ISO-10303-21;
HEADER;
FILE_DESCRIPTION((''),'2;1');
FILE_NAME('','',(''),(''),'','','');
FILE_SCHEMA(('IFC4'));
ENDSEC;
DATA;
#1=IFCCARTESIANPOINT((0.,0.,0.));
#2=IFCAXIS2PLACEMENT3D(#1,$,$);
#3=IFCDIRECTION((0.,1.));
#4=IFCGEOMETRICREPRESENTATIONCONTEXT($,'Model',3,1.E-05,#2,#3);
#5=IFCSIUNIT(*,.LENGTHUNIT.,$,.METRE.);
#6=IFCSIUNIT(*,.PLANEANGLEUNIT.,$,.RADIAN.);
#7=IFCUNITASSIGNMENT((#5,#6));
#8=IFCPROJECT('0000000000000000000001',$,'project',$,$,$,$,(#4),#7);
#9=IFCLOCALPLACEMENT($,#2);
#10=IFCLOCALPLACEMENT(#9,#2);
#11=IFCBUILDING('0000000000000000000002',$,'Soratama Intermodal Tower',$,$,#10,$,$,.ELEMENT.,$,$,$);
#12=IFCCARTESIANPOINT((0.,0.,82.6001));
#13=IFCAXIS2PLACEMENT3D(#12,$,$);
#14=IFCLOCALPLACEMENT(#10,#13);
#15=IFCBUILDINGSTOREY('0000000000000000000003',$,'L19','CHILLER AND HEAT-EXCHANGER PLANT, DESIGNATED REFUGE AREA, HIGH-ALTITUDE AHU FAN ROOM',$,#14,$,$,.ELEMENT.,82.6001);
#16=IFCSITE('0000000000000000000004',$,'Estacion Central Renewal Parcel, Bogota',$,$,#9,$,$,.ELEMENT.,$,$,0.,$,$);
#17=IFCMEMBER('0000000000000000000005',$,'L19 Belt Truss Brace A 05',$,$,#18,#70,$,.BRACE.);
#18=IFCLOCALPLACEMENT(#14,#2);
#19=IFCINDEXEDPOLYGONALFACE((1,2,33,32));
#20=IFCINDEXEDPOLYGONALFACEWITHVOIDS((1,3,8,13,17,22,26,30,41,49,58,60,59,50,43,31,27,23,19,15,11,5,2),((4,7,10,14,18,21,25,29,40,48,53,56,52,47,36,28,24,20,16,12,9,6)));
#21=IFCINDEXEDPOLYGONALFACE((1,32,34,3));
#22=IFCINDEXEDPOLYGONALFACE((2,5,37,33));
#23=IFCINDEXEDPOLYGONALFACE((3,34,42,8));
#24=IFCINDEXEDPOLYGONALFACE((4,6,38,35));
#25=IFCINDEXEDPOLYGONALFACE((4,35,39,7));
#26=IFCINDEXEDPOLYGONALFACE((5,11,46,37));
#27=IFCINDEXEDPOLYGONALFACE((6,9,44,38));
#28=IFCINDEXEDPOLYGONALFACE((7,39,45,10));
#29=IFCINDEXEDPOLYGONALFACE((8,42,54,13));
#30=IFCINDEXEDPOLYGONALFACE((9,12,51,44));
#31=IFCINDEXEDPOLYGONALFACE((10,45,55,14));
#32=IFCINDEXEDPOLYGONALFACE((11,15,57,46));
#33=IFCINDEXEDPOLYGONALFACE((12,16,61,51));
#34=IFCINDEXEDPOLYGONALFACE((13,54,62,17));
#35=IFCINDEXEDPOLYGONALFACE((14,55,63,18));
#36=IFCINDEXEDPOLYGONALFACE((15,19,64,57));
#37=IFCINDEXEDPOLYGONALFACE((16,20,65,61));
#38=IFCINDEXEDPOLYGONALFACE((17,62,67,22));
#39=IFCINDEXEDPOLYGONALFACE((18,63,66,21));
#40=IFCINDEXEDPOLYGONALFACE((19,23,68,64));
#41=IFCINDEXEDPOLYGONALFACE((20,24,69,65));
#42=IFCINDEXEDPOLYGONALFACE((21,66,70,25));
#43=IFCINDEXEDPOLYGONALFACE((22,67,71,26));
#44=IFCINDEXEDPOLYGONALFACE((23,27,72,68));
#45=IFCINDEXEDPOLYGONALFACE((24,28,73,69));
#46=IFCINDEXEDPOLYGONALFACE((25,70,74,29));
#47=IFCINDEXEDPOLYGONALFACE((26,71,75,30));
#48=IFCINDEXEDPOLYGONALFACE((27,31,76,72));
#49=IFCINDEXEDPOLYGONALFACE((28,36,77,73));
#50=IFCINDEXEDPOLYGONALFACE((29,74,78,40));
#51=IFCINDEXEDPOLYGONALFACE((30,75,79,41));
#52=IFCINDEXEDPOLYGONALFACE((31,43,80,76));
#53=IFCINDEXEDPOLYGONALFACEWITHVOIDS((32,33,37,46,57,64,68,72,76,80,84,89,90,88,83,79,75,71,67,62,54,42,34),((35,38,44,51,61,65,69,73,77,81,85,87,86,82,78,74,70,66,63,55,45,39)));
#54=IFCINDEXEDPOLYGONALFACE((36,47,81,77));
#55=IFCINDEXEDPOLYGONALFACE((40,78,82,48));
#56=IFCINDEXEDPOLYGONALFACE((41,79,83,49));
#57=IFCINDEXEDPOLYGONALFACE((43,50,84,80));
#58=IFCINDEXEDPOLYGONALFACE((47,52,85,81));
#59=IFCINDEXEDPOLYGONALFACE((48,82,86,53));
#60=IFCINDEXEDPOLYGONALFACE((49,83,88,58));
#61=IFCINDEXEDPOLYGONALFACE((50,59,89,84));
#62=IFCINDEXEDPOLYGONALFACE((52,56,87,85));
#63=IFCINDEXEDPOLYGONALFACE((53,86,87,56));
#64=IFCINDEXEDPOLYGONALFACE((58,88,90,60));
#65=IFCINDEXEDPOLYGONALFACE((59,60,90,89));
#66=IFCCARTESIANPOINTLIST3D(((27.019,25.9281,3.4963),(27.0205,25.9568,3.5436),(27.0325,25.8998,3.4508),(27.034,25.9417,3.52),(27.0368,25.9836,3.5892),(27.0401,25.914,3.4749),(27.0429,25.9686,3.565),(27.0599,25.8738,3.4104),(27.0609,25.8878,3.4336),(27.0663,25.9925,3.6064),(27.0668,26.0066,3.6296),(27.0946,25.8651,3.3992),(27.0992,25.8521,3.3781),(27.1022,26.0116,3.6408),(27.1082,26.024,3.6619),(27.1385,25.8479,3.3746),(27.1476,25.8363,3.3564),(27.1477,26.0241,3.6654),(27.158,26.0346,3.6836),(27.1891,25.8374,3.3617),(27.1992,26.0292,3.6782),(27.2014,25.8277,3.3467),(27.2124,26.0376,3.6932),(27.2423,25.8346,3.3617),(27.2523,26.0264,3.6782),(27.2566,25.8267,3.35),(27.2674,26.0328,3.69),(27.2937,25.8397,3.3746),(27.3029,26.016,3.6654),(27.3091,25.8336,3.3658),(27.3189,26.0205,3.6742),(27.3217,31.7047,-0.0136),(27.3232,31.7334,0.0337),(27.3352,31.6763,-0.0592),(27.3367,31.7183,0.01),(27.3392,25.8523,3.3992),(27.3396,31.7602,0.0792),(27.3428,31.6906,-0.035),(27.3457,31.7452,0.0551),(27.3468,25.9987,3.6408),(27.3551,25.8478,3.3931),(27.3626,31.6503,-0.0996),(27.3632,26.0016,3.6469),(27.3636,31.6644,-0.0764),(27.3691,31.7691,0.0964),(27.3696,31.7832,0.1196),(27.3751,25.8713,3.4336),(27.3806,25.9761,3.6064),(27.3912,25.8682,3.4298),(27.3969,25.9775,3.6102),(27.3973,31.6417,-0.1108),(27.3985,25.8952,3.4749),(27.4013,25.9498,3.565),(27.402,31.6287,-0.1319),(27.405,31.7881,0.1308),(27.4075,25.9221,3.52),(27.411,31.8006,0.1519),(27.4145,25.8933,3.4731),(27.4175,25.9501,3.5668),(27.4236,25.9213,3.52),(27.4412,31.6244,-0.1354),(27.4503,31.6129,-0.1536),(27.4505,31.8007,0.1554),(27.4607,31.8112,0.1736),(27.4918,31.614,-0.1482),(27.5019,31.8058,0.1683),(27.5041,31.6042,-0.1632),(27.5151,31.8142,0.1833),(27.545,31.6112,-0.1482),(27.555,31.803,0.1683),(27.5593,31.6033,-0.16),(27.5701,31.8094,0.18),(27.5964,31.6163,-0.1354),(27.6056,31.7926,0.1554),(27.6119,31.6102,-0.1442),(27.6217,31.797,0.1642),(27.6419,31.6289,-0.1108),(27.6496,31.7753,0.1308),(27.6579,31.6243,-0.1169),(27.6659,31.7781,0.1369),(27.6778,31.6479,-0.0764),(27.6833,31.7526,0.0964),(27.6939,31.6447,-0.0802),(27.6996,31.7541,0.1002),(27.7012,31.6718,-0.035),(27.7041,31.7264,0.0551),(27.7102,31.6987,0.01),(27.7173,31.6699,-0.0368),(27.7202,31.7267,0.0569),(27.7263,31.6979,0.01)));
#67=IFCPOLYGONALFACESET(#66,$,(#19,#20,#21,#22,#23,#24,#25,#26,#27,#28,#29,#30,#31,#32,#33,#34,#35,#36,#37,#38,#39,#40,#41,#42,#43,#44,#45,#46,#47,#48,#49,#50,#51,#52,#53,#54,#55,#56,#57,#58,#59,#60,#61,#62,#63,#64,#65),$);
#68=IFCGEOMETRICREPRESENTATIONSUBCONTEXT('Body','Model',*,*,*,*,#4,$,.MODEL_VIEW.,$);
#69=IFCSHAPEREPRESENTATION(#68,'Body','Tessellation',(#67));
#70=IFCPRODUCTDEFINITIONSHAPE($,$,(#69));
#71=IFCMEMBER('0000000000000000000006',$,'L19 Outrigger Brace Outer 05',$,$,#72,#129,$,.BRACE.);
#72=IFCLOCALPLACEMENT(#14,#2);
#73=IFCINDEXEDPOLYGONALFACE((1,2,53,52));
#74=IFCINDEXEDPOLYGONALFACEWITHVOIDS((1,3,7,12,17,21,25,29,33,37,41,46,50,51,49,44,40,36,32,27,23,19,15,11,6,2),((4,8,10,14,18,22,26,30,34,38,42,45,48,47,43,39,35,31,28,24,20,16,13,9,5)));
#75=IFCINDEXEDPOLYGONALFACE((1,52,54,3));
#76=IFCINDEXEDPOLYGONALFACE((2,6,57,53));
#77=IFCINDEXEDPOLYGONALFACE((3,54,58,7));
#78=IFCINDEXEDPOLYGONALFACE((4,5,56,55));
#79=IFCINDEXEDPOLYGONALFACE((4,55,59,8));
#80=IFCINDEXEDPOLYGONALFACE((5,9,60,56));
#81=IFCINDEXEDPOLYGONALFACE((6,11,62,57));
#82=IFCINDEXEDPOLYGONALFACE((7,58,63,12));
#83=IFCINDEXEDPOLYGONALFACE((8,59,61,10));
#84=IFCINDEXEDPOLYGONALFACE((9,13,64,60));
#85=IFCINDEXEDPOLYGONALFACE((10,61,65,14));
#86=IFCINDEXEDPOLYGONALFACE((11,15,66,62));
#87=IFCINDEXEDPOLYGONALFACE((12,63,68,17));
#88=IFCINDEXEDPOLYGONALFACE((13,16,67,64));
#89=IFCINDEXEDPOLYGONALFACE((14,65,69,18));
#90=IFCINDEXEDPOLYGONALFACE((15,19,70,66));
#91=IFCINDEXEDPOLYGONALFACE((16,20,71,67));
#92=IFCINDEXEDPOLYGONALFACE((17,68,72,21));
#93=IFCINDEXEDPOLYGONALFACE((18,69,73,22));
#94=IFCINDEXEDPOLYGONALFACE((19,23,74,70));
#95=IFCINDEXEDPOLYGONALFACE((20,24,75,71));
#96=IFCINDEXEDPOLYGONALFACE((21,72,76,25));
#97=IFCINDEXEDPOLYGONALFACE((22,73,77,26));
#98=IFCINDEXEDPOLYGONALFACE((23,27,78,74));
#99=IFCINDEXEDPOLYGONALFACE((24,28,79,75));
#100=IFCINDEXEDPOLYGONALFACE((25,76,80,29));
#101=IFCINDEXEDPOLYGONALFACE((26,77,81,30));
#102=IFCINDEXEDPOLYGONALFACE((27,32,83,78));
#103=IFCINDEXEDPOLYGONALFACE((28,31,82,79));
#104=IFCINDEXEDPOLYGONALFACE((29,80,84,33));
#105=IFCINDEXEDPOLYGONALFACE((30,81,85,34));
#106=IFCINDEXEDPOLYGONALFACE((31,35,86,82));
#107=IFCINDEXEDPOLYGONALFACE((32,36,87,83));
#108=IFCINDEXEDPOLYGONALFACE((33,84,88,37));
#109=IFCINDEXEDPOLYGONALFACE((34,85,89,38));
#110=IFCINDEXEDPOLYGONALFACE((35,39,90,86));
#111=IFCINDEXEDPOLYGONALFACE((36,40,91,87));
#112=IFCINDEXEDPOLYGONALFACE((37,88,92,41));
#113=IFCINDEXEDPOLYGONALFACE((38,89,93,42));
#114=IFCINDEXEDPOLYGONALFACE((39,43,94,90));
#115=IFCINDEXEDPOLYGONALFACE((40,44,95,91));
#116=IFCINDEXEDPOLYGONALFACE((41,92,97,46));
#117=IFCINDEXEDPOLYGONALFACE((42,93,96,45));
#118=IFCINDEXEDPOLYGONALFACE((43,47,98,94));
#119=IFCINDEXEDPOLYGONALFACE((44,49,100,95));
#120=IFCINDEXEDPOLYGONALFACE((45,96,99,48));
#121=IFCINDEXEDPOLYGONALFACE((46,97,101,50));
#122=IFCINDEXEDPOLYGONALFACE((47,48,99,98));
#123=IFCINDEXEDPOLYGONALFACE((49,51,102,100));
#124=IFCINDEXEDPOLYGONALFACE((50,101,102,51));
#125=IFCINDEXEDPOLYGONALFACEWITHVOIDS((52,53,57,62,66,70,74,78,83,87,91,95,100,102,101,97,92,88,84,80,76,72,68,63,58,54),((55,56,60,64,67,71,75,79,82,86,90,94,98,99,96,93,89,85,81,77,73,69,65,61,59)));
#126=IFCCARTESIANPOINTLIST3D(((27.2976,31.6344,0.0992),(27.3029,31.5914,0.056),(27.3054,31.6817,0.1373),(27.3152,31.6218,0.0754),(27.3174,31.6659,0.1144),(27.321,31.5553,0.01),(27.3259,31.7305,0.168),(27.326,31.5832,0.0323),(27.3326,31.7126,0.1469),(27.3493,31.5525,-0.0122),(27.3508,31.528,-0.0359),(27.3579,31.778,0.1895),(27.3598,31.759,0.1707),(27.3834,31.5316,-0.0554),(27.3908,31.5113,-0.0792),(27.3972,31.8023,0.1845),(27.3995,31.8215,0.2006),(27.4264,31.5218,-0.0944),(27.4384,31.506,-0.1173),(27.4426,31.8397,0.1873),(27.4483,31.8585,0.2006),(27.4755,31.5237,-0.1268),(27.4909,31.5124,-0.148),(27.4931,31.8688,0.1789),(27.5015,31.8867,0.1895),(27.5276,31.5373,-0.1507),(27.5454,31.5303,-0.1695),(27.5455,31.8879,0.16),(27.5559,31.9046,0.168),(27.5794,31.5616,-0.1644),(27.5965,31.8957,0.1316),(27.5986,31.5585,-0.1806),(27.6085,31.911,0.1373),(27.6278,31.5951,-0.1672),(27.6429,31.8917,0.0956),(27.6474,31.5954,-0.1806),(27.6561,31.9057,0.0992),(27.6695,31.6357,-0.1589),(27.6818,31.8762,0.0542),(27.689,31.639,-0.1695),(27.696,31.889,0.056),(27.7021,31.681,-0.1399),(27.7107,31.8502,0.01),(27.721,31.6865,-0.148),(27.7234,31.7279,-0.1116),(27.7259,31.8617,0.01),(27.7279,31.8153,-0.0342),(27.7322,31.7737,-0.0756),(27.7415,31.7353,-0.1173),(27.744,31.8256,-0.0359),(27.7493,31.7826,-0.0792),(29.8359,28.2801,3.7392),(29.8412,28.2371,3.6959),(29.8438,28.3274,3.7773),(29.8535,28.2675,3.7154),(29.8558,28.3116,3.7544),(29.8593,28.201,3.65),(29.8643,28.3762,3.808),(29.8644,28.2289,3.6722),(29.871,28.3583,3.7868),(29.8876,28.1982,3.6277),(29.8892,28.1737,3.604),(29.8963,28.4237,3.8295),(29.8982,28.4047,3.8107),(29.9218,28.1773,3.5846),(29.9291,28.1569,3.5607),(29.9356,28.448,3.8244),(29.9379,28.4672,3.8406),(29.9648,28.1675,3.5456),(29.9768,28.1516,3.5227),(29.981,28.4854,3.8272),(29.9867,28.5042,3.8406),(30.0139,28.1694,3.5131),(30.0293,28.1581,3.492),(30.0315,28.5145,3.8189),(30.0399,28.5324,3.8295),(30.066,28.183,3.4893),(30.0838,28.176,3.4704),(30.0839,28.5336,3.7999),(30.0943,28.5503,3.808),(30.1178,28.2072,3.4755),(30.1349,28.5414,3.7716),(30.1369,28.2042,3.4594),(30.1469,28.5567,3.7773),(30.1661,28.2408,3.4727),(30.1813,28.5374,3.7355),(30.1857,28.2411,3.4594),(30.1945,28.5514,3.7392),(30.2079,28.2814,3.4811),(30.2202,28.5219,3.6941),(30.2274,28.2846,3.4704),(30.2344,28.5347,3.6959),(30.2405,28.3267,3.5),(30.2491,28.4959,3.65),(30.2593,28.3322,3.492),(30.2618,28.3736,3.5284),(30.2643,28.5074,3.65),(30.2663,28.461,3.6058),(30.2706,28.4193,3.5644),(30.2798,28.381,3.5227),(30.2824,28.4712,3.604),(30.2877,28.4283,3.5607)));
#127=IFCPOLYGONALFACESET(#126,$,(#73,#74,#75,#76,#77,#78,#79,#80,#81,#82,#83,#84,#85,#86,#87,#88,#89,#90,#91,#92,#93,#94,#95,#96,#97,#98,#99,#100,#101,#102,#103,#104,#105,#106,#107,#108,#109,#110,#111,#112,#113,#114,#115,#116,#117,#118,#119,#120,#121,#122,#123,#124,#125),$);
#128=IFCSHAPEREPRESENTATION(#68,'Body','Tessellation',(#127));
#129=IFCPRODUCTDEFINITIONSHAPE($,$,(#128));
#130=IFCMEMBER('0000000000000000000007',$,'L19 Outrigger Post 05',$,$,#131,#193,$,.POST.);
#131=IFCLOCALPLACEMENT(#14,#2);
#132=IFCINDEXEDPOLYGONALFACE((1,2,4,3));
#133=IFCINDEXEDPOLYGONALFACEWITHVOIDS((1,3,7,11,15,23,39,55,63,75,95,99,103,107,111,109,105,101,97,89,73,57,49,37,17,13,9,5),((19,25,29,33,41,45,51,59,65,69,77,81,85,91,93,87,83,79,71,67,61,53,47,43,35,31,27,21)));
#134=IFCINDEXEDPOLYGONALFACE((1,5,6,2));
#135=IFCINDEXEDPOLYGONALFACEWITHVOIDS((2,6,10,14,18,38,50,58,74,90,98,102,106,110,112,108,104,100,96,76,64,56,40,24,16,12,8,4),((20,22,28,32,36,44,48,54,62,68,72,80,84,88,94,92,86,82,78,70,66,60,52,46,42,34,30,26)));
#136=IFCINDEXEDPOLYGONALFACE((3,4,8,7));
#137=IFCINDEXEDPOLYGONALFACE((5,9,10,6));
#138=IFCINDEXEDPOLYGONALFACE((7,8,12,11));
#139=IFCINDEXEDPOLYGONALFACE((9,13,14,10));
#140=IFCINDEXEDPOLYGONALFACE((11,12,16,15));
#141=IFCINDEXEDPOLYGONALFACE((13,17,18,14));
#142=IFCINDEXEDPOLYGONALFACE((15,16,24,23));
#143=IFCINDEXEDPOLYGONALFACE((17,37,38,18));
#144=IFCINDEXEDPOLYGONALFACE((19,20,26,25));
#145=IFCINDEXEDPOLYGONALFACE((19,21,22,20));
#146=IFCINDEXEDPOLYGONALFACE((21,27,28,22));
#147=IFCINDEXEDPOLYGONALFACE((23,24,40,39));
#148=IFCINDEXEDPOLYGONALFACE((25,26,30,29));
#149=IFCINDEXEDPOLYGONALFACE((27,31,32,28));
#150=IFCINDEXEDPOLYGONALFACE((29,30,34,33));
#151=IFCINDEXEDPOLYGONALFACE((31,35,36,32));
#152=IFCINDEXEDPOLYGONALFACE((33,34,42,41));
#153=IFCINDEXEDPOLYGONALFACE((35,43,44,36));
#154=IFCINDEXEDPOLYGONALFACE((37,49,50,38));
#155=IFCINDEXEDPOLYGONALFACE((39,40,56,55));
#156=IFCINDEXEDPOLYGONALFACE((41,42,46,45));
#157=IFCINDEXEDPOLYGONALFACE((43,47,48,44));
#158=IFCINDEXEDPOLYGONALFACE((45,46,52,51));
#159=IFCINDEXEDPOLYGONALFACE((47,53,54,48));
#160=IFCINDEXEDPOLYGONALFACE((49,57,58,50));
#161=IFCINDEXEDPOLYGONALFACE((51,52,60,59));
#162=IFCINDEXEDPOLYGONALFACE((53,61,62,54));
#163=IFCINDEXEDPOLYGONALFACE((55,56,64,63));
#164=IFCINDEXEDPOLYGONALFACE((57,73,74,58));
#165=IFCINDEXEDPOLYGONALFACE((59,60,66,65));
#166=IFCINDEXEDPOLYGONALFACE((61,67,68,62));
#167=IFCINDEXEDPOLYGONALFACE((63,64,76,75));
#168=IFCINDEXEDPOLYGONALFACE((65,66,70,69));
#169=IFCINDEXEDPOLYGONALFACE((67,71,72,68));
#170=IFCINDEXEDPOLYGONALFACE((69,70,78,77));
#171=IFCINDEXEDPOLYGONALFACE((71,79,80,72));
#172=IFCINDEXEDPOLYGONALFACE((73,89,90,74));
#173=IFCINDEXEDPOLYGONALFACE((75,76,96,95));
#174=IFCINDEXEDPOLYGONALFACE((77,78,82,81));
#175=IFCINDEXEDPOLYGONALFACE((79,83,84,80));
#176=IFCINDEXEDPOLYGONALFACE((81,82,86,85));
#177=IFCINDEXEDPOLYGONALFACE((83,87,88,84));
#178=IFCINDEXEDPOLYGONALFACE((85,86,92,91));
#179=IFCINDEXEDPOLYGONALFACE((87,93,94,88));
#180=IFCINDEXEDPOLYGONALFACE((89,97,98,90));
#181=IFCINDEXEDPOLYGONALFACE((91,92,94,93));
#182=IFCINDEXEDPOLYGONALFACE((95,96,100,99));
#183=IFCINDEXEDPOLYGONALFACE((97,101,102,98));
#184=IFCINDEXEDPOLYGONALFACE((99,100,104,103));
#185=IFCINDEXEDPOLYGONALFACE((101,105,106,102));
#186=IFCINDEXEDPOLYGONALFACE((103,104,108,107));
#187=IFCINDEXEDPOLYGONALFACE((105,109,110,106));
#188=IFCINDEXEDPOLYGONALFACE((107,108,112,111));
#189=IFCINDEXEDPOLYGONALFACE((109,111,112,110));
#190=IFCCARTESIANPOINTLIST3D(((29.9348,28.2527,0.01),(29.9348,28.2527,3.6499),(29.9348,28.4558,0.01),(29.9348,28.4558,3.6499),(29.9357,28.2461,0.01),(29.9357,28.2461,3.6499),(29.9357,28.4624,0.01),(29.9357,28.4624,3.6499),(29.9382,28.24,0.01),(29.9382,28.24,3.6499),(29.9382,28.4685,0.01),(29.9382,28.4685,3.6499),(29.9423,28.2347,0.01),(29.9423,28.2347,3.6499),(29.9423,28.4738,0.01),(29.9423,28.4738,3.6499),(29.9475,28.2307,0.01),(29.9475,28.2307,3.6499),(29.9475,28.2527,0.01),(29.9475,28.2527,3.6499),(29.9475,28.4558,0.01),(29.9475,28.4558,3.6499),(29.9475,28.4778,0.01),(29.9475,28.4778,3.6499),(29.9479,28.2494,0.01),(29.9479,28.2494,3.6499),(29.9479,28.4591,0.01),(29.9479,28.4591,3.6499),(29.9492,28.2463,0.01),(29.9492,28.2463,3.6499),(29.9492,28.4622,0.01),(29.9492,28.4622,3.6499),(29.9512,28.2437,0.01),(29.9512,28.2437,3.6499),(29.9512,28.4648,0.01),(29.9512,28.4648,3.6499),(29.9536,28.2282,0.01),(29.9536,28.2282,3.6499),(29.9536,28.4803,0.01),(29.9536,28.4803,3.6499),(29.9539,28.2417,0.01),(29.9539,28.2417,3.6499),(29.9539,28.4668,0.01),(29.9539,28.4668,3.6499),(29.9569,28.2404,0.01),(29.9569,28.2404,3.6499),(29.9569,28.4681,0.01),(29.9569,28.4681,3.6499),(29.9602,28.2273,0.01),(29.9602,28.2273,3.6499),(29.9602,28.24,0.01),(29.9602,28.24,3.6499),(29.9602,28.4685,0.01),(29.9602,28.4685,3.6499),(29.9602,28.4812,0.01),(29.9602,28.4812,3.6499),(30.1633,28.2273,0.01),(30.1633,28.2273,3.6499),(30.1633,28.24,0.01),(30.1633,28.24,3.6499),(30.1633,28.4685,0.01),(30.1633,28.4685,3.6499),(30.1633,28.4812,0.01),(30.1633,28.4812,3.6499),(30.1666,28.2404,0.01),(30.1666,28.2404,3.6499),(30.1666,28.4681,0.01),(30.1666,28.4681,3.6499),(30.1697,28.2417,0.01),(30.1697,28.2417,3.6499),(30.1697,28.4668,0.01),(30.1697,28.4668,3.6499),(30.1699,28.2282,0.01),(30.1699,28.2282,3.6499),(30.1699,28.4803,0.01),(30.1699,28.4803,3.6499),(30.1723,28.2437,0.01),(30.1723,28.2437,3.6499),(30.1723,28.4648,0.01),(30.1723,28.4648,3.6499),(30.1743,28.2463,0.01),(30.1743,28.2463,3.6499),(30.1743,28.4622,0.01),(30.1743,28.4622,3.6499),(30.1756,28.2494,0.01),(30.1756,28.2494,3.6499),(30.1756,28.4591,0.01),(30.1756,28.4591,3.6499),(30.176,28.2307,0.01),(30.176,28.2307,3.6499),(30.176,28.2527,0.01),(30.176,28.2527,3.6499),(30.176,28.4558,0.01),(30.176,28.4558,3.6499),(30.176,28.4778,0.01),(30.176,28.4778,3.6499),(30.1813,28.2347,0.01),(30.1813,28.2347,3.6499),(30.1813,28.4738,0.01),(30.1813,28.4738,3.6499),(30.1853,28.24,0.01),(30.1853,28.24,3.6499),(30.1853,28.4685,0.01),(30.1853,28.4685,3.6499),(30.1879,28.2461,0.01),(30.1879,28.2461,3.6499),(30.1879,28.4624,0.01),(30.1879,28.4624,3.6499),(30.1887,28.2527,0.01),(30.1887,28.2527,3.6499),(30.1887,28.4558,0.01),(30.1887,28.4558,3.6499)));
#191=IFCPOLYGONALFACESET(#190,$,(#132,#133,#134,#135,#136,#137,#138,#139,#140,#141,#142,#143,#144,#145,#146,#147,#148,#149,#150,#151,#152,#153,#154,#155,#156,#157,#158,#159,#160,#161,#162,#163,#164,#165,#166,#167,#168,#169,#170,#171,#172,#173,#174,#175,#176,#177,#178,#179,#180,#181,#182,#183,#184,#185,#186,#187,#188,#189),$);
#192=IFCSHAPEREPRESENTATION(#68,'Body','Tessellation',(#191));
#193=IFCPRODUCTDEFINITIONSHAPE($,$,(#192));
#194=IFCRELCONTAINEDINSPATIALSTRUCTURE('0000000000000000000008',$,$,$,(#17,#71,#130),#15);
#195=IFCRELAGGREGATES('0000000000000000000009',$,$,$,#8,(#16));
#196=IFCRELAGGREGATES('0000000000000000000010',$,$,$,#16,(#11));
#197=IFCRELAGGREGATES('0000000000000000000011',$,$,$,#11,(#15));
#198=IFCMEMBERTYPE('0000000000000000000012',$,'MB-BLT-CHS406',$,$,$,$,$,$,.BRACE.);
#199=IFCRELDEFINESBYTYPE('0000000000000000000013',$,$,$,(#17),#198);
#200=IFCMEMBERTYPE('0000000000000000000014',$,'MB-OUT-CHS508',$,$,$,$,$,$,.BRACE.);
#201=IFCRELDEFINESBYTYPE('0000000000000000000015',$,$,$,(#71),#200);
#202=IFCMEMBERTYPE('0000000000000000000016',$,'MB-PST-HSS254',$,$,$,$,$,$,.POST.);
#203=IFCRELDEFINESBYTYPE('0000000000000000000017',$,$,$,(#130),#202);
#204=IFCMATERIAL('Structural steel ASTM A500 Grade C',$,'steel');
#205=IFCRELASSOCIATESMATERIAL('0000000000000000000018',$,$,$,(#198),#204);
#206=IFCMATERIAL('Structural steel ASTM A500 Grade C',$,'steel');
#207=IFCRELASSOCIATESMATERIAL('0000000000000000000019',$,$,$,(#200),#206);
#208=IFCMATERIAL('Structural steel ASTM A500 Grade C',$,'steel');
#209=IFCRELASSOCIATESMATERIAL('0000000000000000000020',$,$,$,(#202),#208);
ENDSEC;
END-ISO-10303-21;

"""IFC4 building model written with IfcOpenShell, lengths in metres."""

from ifc_helpers import new_model, si_unit, direction, frame, origin, origin_2d, place, context, subcontext, project, spatial, hollow_rectangle, hollow_circle, extrude, material, material_profile, profile_set, type_object, element, save


model = new_model("IFC4")

# Units and contexts
model_context = context("Model", 3, precision=1e-05, world=origin(), true_north=direction((0.0, 1.0)))
body_context = subcontext(model_context, "Body", "Model", "MODEL_VIEW")
ifc_project = project(units=[si_unit("LENGTHUNIT", "METRE"), si_unit("PLANEANGLEUNIT", "RADIAN")], contexts=[model_context])

# Site, building, storey
site_placement = place(None, origin())
site = spatial("IfcSite", under=ifc_project, at=site_placement, Name="Estacion Central Renewal Parcel, Bogota", CompositionType="ELEMENT", RefElevation=0.0)
building_placement = place(site_placement, origin())
building = spatial("IfcBuilding", under=site, at=building_placement, Name="Soratama Intermodal Tower", CompositionType="ELEMENT")
storey_placement = place(building_placement, frame((0.0, 0.0, 82.6001)))
storey = spatial("IfcBuildingStorey", under=building, at=storey_placement, Name="L19", Description="CHILLER AND HEAT-EXCHANGER PLANT, DESIGNATED REFUGE AREA, HIGH-ALTITUDE AHU FAN ROOM", CompositionType="ELEMENT", Elevation=82.6001)

# Members
ifc_material_1 = material(Name="Structural steel ASTM A500 Grade C", Category="steel")
ifc_material_profile_1 = material_profile(ifc_material_1, hollow_circle(Radius=0.2031, WallThickness=0.0161, at=origin_2d()), Name="CHS406X16")
ifc_profile_set_1 = profile_set([ifc_material_profile_1], Name="Structural steel ASTM A500 Grade C")
member_type_1 = type_object("IfcMemberType", Name="MB-BLT-CHS406", PredefinedType="BRACE", material=ifc_profile_set_1)
member_1_placement = place(storey_placement, frame((27.5234, 31.7085, 0.01), z_axis=(-0.044742, -0.853749, 0.518759), x_axis=(0.99863, -0.052335, 0.0)))
element("IfcMember", 1, at=member_1_placement, inside=storey, type_object=member_type_1, Name="L19 Belt Truss Brace A 05", PredefinedType="BRACE", context=body_context, shape_type="SweptSolid", body=[
    extrude(hollow_circle(Radius=0.2031, WallThickness=0.0161, at=origin_2d()), origin(), (0.0, 0.0, 1.0), 6.7661),
])
ifc_material_2 = material(Name="Structural steel ASTM A500 Grade C", Category="steel")
ifc_material_profile_2 = material_profile(ifc_material_2, hollow_circle(Radius=0.2539, WallThickness=0.019, at=origin_2d()), Name="CHS508X19")
ifc_profile_set_2 = profile_set([ifc_material_profile_2], Name="Structural steel ASTM A500 Grade C")
member_type_2 = type_object("IfcMemberType", Name="MB-OUT-CHS508", PredefinedType="BRACE", material=ifc_profile_set_2)
member_2_placement = place(storey_placement, frame((27.5234, 31.7085, 0.01), z_axis=(0.456318, -0.602996, 0.654347), x_axis=(0.797409, 0.60344, 0.0)))
element("IfcMember", 2, at=member_2_placement, inside=storey, type_object=member_type_2, Name="L19 Outrigger Brace Outer 05", PredefinedType="BRACE", context=body_context, shape_type="SweptSolid", body=[
    extrude(hollow_circle(Radius=0.2539, WallThickness=0.019, at=origin_2d()), origin(), (0.0, 0.0, 1.0), 5.5627),
])
ifc_material_3 = material(Name="Structural steel ASTM A500 Grade C", Category="steel")
ifc_material_profile_3 = material_profile(ifc_material_3, hollow_rectangle(XDim=0.2539, YDim=0.2539, WallThickness=0.0127, InnerFilletRadius=0.0127, OuterFilletRadius=0.0254, at=origin_2d()), Name="HSS254X254X12.7")
ifc_profile_set_3 = profile_set([ifc_material_profile_3], Name="Structural steel ASTM A500 Grade C")
member_type_3 = type_object("IfcMemberType", Name="MB-PST-HSS254", PredefinedType="POST", material=ifc_profile_set_3)
member_3_placement = place(storey_placement, frame((30.0618, 28.3542, 0.01), z_axis=(0.0, 0.0, 1.0), x_axis=(1.0, 0.0, 0.0)))
element("IfcMember", 3, at=member_3_placement, inside=storey, type_object=member_type_3, Name="L19 Outrigger Post 05", PredefinedType="POST", context=body_context, shape_type="SweptSolid", body=[
    extrude(hollow_rectangle(XDim=0.2539, YDim=0.2539, WallThickness=0.0127, InnerFilletRadius=0.0127, OuterFilletRadius=0.0254, at=origin_2d()), origin(), (0.0, 0.0, 1.0), 3.6399),
])

save(model, "model.ifc")
